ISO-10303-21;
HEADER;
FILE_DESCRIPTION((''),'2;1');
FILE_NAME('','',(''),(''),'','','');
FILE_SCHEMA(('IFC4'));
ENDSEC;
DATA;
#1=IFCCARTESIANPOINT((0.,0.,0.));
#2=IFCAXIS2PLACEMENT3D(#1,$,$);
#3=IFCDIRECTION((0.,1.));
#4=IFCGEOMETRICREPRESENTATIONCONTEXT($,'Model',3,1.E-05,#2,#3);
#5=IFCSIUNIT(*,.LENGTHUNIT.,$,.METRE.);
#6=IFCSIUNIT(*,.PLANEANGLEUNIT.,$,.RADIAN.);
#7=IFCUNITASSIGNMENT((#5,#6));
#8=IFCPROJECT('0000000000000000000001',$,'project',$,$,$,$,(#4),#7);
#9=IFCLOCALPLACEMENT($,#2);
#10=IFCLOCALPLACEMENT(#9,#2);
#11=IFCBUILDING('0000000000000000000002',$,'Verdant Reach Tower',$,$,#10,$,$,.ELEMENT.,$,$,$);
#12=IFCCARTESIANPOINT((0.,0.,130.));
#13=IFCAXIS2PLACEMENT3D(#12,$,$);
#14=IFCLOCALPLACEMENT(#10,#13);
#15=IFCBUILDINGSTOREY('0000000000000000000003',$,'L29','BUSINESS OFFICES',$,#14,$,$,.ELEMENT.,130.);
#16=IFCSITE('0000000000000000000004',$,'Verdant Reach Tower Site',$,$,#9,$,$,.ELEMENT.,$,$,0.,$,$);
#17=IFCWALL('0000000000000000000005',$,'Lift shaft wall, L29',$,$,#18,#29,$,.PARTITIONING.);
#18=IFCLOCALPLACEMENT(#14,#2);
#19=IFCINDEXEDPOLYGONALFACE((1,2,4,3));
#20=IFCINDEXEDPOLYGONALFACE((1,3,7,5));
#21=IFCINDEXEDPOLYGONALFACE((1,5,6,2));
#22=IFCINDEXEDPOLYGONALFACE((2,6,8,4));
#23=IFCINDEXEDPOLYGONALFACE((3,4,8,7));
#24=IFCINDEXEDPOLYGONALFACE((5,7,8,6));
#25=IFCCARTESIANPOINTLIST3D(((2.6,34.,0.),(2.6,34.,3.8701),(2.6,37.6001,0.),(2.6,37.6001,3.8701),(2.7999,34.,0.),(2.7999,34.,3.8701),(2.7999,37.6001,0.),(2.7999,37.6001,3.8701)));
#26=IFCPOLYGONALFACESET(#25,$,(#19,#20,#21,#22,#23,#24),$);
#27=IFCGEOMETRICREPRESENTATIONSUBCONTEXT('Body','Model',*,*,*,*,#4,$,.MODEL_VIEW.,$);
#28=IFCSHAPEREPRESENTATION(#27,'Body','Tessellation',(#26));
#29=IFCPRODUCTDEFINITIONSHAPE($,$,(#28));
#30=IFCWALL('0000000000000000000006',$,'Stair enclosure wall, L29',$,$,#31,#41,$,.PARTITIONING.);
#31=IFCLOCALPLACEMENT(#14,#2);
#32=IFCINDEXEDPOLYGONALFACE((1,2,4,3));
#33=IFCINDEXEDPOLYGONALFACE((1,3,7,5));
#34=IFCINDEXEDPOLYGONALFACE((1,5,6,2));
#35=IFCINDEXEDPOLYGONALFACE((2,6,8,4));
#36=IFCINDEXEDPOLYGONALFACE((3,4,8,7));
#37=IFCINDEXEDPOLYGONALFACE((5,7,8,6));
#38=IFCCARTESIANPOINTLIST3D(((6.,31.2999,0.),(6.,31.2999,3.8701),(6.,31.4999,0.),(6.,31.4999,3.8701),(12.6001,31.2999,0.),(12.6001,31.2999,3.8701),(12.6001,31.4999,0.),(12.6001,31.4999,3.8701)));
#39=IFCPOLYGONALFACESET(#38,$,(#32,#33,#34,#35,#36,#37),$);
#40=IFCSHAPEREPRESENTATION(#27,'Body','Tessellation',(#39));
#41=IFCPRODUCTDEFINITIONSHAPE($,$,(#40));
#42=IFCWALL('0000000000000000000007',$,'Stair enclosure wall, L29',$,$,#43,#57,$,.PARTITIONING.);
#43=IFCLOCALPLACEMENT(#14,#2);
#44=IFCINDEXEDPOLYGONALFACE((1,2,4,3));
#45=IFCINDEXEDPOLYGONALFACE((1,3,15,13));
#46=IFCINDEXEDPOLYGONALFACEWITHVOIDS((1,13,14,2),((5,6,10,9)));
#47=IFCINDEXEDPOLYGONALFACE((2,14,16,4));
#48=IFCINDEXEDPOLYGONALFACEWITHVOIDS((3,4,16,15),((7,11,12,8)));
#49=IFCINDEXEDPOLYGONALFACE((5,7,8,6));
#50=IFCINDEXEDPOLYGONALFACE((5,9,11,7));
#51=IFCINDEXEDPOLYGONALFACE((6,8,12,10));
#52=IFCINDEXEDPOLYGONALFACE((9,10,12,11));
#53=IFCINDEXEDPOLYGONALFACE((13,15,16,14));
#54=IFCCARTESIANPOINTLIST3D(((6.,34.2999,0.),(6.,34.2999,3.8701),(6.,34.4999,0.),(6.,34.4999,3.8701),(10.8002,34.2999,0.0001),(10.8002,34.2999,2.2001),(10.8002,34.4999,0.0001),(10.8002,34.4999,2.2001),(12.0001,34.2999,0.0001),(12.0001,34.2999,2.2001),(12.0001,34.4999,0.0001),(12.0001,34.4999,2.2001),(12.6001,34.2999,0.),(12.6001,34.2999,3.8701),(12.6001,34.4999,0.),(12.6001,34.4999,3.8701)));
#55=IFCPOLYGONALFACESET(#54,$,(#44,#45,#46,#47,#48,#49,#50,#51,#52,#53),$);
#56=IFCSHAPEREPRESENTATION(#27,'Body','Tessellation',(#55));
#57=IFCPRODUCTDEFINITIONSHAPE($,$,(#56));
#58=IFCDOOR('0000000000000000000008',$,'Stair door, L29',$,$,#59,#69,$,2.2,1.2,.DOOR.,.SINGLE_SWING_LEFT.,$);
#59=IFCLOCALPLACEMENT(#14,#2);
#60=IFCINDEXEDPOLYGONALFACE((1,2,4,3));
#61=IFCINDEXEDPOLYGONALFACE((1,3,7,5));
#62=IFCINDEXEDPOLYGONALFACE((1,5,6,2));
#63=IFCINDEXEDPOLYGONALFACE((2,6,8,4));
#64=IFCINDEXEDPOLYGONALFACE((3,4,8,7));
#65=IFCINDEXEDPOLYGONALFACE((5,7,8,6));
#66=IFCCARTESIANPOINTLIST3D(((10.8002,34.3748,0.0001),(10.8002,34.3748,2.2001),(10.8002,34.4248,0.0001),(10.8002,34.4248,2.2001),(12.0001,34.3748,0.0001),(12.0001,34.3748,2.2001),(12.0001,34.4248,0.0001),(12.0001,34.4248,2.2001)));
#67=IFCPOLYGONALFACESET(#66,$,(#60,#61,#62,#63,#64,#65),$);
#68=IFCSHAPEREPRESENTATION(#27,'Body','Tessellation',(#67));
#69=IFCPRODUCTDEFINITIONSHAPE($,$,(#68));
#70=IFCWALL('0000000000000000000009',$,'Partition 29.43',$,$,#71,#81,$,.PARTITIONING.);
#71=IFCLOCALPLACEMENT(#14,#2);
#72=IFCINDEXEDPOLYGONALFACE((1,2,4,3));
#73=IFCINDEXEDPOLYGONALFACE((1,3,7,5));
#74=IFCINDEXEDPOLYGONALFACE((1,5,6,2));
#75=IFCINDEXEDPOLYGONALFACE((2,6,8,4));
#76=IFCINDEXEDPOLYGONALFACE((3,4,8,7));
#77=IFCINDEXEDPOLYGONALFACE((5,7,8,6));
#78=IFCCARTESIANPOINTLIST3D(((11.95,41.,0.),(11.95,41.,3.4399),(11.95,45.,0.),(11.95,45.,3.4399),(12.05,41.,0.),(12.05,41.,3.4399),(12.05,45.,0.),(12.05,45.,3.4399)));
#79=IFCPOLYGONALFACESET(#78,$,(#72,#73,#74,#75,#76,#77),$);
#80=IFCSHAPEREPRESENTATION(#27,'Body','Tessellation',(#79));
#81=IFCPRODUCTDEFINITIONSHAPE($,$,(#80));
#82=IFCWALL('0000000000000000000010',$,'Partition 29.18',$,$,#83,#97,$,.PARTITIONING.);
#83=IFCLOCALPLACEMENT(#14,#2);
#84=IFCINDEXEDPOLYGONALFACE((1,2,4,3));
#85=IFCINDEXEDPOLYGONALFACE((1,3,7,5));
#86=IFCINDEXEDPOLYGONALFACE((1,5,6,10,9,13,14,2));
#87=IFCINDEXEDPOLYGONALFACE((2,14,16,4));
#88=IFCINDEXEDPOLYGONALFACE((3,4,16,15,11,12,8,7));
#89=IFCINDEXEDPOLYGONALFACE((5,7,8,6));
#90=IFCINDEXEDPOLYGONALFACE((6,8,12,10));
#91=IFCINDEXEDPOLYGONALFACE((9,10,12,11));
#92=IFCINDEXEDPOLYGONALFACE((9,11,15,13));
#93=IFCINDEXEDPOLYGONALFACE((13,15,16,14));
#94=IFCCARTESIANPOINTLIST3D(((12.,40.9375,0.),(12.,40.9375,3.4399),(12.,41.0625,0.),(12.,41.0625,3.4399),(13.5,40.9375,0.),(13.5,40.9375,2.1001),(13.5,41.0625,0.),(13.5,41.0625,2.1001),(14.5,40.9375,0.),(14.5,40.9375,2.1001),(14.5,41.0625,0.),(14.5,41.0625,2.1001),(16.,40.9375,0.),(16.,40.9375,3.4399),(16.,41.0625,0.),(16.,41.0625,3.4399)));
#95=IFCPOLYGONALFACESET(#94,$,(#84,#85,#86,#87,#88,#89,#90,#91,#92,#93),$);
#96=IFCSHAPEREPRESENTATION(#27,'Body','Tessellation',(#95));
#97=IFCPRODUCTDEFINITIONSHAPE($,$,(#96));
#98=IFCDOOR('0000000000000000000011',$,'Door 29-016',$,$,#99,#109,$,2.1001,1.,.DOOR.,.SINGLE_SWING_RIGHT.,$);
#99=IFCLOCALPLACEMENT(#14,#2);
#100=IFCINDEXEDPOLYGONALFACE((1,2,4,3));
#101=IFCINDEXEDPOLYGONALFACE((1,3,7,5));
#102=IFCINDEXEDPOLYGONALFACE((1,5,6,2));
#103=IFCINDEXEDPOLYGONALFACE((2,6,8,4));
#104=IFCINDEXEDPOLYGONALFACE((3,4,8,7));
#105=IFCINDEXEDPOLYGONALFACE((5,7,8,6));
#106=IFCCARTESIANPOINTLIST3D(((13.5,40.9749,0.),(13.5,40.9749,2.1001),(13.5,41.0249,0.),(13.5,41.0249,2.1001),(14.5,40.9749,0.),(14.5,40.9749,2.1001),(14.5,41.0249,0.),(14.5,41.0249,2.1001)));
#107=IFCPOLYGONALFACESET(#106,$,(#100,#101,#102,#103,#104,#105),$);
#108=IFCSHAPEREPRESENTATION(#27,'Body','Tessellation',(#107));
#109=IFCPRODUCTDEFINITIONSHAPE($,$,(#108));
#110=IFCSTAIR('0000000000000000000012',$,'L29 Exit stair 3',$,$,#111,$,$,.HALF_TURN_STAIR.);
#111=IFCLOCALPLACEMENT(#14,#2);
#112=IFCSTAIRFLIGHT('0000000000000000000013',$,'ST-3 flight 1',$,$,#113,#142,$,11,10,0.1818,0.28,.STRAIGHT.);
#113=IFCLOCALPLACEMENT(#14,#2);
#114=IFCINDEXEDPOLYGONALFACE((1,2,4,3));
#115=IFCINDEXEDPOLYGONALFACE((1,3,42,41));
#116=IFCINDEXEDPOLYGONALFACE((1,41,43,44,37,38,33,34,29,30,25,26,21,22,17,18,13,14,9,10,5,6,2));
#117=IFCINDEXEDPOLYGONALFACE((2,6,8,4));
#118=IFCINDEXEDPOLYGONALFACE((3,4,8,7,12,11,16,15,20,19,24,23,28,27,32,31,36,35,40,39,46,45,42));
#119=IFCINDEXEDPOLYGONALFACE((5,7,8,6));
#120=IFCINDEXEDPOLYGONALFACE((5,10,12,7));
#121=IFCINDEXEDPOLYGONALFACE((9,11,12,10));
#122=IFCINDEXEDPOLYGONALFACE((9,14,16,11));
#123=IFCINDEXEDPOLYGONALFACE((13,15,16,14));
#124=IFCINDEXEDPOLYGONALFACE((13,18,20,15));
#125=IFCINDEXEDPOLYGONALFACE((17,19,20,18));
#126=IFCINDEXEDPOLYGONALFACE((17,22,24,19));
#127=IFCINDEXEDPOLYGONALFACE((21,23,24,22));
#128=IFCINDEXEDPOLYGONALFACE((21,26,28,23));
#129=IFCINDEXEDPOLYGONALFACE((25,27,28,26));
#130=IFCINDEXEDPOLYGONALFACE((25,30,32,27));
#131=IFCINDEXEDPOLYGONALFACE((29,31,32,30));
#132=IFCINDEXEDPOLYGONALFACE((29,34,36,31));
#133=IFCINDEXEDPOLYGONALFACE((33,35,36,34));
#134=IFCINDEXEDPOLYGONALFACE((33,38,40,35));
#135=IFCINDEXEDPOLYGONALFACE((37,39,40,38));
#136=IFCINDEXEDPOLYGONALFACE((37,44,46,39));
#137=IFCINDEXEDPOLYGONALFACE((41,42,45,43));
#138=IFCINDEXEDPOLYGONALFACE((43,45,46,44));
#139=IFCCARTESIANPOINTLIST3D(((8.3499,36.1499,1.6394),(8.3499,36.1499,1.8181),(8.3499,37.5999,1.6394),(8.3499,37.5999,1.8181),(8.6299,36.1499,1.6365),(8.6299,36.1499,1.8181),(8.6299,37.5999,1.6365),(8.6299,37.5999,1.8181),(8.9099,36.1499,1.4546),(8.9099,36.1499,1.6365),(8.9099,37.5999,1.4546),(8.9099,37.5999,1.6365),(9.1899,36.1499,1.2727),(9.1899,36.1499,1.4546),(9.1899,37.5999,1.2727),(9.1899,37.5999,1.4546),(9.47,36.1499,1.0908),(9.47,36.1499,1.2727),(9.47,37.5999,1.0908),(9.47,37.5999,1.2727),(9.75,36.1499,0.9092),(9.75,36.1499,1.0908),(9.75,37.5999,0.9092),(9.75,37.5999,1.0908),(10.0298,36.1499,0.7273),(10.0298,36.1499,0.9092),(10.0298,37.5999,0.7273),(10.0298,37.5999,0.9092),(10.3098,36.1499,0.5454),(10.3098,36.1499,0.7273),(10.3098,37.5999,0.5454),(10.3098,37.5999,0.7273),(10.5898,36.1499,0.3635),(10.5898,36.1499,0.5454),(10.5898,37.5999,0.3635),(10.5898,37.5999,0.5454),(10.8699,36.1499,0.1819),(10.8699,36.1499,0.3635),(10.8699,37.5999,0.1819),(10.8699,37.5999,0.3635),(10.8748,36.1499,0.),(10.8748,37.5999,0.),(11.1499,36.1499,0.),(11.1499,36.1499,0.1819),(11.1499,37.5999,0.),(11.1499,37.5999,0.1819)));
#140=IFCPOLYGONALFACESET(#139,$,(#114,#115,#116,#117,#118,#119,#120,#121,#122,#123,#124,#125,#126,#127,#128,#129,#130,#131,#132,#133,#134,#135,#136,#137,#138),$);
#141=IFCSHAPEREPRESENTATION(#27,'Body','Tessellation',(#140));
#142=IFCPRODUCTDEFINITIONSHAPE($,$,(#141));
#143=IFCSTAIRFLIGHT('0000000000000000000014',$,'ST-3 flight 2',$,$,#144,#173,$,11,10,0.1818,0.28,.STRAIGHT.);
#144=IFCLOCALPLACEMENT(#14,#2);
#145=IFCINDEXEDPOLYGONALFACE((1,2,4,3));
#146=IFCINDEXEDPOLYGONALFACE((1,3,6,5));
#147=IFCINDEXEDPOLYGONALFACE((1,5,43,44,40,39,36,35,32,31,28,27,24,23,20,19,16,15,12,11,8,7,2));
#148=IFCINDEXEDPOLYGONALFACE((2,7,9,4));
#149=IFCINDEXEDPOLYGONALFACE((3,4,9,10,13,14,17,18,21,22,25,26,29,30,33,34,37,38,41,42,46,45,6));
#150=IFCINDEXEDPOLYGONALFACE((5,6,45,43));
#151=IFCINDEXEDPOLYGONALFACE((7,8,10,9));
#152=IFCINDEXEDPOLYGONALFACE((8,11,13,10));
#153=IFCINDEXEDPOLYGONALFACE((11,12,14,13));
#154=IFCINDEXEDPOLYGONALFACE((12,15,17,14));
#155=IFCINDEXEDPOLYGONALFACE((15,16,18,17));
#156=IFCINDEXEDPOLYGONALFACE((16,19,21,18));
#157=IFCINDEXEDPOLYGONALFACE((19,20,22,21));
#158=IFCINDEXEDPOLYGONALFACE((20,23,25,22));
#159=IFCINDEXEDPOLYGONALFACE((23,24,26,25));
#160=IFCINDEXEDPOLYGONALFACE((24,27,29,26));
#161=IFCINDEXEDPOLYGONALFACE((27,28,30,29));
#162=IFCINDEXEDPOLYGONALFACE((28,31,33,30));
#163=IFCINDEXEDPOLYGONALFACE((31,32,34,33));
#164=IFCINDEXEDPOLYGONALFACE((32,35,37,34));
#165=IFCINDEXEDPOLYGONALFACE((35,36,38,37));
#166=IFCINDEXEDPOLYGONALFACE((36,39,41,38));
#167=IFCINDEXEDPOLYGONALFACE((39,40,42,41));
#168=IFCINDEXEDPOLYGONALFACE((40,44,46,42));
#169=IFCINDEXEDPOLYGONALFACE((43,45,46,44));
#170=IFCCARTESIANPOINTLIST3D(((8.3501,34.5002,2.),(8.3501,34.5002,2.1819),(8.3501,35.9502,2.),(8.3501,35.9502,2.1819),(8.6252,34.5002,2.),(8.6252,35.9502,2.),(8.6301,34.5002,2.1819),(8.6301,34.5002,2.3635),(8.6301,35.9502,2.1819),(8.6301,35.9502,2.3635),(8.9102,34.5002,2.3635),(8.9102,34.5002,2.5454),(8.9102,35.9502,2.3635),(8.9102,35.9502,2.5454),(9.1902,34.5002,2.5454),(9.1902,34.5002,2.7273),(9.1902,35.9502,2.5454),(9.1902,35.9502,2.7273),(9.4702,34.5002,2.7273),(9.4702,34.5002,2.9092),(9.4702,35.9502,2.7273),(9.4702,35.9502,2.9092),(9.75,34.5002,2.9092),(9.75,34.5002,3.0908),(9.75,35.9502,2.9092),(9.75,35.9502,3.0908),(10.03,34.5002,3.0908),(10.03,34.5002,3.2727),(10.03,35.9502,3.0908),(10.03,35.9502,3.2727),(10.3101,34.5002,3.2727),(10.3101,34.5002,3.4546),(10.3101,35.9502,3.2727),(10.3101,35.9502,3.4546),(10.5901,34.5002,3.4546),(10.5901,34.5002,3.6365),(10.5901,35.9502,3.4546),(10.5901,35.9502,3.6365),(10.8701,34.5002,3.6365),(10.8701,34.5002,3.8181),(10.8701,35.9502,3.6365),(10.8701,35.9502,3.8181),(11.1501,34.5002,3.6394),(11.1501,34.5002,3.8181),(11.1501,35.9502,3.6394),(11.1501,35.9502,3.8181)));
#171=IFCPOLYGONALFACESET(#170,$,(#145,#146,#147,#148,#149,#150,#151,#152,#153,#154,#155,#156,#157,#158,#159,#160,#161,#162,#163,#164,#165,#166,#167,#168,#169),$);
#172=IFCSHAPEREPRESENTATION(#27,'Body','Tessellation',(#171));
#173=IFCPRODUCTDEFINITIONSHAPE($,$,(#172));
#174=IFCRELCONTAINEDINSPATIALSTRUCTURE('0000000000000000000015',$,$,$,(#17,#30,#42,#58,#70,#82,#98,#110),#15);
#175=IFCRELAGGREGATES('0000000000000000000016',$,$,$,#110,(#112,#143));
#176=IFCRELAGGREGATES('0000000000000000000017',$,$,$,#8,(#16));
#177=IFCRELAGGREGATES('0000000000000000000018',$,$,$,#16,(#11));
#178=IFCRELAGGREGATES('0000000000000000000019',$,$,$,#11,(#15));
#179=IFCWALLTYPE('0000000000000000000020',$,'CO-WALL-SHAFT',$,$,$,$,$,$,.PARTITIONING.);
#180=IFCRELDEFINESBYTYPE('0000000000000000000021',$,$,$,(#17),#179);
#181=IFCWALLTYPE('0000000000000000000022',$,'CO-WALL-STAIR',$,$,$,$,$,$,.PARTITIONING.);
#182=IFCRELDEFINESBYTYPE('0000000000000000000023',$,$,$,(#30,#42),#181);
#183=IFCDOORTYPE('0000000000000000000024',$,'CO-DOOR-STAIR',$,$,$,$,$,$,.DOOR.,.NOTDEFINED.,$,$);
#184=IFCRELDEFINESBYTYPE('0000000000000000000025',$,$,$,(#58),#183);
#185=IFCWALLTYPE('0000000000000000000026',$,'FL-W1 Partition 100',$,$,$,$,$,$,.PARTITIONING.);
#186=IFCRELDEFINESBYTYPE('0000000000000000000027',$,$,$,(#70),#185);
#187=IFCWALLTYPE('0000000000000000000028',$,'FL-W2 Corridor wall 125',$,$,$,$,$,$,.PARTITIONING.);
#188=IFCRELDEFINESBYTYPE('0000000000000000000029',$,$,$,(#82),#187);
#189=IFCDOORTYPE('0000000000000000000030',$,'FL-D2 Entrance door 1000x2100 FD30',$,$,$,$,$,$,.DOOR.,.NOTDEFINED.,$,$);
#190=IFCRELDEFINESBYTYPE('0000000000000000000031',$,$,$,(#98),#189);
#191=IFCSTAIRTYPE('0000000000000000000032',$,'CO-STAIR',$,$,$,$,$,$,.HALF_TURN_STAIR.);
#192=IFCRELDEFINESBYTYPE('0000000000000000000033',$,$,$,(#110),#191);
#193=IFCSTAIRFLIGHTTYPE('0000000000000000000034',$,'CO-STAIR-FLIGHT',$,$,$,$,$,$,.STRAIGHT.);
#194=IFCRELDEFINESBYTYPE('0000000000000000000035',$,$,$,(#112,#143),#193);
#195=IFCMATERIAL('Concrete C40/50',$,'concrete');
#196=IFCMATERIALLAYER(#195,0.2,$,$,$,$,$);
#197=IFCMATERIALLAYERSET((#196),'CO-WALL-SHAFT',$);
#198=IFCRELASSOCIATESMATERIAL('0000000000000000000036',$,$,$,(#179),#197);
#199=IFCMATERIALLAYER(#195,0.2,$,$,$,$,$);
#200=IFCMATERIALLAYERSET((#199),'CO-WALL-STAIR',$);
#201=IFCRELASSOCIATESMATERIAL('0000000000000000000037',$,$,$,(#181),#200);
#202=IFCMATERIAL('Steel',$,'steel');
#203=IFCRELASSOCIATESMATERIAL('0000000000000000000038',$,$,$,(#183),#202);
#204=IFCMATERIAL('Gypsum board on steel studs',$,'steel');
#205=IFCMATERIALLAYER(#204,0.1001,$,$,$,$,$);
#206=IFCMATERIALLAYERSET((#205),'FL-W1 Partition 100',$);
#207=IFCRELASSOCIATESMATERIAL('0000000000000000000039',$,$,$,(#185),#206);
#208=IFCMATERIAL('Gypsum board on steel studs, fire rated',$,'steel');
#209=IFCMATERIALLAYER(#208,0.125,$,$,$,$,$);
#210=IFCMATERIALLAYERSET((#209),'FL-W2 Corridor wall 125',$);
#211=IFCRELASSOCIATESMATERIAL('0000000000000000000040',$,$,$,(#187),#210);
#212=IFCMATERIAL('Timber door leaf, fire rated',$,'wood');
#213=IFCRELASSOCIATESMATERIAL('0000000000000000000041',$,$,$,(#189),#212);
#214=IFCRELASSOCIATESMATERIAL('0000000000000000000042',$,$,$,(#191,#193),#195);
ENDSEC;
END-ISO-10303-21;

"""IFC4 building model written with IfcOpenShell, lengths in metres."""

from ifc_helpers import new_model, si_unit, direction, frame, frame_2d, origin, place, context, subcontext, project, spatial, polyline, rectangle, outline, extrude, material, layer, layer_set, type_object, element, fill, aggregate, save


model = new_model("IFC4")

# Units and contexts
model_context = context("Model", 3, precision=1e-05, world=origin(), true_north=direction((0.0, 1.0)))
body_context = subcontext(model_context, "Body", "Model", "MODEL_VIEW")
ifc_project = project(units=[si_unit("LENGTHUNIT", "METRE"), si_unit("PLANEANGLEUNIT", "RADIAN")], contexts=[model_context])

# Site, building, storey
site_placement = place(None, origin())
site = spatial("IfcSite", under=ifc_project, at=site_placement, Name="Verdant Reach Tower Site", CompositionType="ELEMENT", RefElevation=0.0)
building_placement = place(site_placement, origin())
building = spatial("IfcBuilding", under=site, at=building_placement, Name="Verdant Reach Tower", CompositionType="ELEMENT")
storey_placement = place(building_placement, frame((0.0, 0.0, 130.0)))
storey = spatial("IfcBuildingStorey", under=building, at=storey_placement, Name="L29", Description="BUSINESS OFFICES", CompositionType="ELEMENT", Elevation=130.0)

# Walls
ifc_material_1 = material(Name="Concrete C40/50", Category="concrete")
ifc_layer_1 = layer(ifc_material_1, 0.2)
ifc_layer_set_1 = layer_set([ifc_layer_1], Name="CO-WALL-SHAFT")
wall_type_1 = type_object("IfcWallType", Name="CO-WALL-SHAFT", PredefinedType="PARTITIONING", material=ifc_layer_set_1)
for number, where, z_axis, x_axis, name in (
    (1, (2.7, 34.0, 0.0), (0.0, 0.0, 1.0), (0.0, 1.0, 0.0), "Lift shaft wall, L29"),
):
    element("IfcWall", number, at=place(storey_placement, frame(where, z_axis=z_axis, x_axis=x_axis)), inside=storey, type_object=wall_type_1, Name=name, PredefinedType="PARTITIONING", context=body_context, shape_type="SweptSolid", body=[
        extrude(rectangle(XDim=3.6001, YDim=0.2, at=frame_2d((1.8, 0.0))), origin(), (0.0, 0.0, 1.0), 3.8701),
    ])
ifc_layer_2 = layer(ifc_material_1, 0.2)
ifc_layer_set_2 = layer_set([ifc_layer_2], Name="CO-WALL-STAIR")
wall_type_2 = type_object("IfcWallType", Name="CO-WALL-STAIR", PredefinedType="PARTITIONING", material=ifc_layer_set_2)
wall_1_placement = place(storey_placement, frame((6.0, 31.3999, 0.0), z_axis=(0.0, 0.0, 1.0), x_axis=(1.0, 0.0, 0.0)))
element("IfcWall", 2, at=wall_1_placement, inside=storey, type_object=wall_type_2, Name="Stair enclosure wall, L29", PredefinedType="PARTITIONING", context=body_context, shape_type="SweptSolid", body=[
    extrude(rectangle(XDim=6.6001, YDim=0.2, at=frame_2d((3.3, 0.0))), origin(), (0.0, 0.0, 1.0), 3.8701),
])

# Wall, opening, door
wall_2_placement = place(storey_placement, frame((6.0, 34.3999, 0.0), z_axis=(0.0, 0.0, 1.0), x_axis=(1.0, 0.0, 0.0)))
wall_2 = element("IfcWall", 3, at=wall_2_placement, inside=storey, type_object=wall_type_2, Name="Stair enclosure wall, L29", PredefinedType="PARTITIONING", context=body_context, shape_type="SweptSolid", body=[
    extrude(rectangle(XDim=6.6001, YDim=0.2, at=frame_2d((3.3, 0.0))), origin(), (0.0, 0.0, 1.0), 3.8701),
])
opening_1_placement = place(wall_2_placement, frame((4.8, 0.0, 0.0)))
opening_1 = element("IfcOpeningElement", 4, at=opening_1_placement, cuts=wall_2, PredefinedType="OPENING", context=body_context, shape_type="SweptSolid", body=[
    extrude(rectangle(XDim=1.2, YDim=2.2, at=frame_2d((0.6001, 1.1001))), frame((0.0, 0.1099, 0.0), z_axis=(0.0, -1.0, 0.0), x_axis=(1.0, 0.0, 0.0)), (0.0, 0.0, 1.0), 0.22),
])
ifc_material_2 = material(Name="Steel", Category="steel")
door_type_1 = type_object("IfcDoorType", Name="CO-DOOR-STAIR", OperationType="NOTDEFINED", PredefinedType="DOOR", material=ifc_material_2)
door_1_placement = place(opening_1_placement, origin())
door_1 = element("IfcDoor", 5, at=door_1_placement, inside=storey, type_object=door_type_1, Name="Stair door, L29", OperationType="SINGLE_SWING_LEFT", OverallHeight=2.2, OverallWidth=1.2, PredefinedType="DOOR", context=body_context, shape_type="SweptSolid", body=[
    extrude(rectangle(XDim=1.2, YDim=2.2, at=frame_2d((0.6001, 1.1001))), frame((0.0, 0.0249, 0.0), z_axis=(0.0, -1.0, 0.0), x_axis=(1.0, 0.0, 0.0)), (0.0, 0.0, 1.0), 0.05),
])
fill(opening_1, door_1)

# Wall
ifc_material_3 = material(Name="Gypsum board on steel studs", Category="steel")
ifc_layer_3 = layer(ifc_material_3, 0.1001)
ifc_layer_set_3 = layer_set([ifc_layer_3], Name="FL-W1 Partition 100")
wall_type_3 = type_object("IfcWallType", Name="FL-W1 Partition 100", PredefinedType="PARTITIONING", material=ifc_layer_set_3)
wall_3_placement = place(storey_placement, frame((12.0, 41.0, 0.0), z_axis=(0.0, 0.0, 1.0), x_axis=(0.0, 1.0, 0.0)))
element("IfcWall", 6, at=wall_3_placement, inside=storey, type_object=wall_type_3, Name="Partition 29.43", PredefinedType="PARTITIONING", context=body_context, shape_type="SweptSolid", body=[
    extrude(rectangle(XDim=4.0, YDim=0.1001, at=frame_2d((2.0, 0.0))), origin(), (0.0, 0.0, 1.0), 3.4399),
])

# Wall, opening, door
ifc_material_4 = material(Name="Gypsum board on steel studs, fire rated", Category="steel")
ifc_layer_4 = layer(ifc_material_4, 0.125)
ifc_layer_set_4 = layer_set([ifc_layer_4], Name="FL-W2 Corridor wall 125")
wall_type_4 = type_object("IfcWallType", Name="FL-W2 Corridor wall 125", PredefinedType="PARTITIONING", material=ifc_layer_set_4)
wall_4_placement = place(storey_placement, frame((12.0, 41.0, 0.0), z_axis=(0.0, 0.0, 1.0), x_axis=(1.0, 0.0, 0.0)))
wall_4 = element("IfcWall", 7, at=wall_4_placement, inside=storey, type_object=wall_type_4, Name="Partition 29.18", PredefinedType="PARTITIONING", context=body_context, shape_type="SweptSolid", body=[
    extrude(rectangle(XDim=4.0, YDim=0.125, at=frame_2d((2.0, 0.0))), origin(), (0.0, 0.0, 1.0), 3.4399),
])
opening_2_placement = place(wall_4_placement, frame((1.5, 0.0, 0.0)))
opening_2 = element("IfcOpeningElement", 8, at=opening_2_placement, cuts=wall_4, PredefinedType="OPENING", context=body_context, shape_type="SweptSolid", body=[
    extrude(rectangle(XDim=1.0, YDim=2.1001, at=frame_2d((0.5, 1.05))), frame((0.0, 0.0725, 0.0), z_axis=(0.0, -1.0, 0.0), x_axis=(1.0, 0.0, 0.0)), (0.0, 0.0, 1.0), 0.145),
])
ifc_material_5 = material(Name="Timber door leaf, fire rated", Category="wood")
door_type_2 = type_object("IfcDoorType", Name="FL-D2 Entrance door 1000x2100 FD30", OperationType="NOTDEFINED", PredefinedType="DOOR", material=ifc_material_5)
door_2_placement = place(opening_2_placement, origin())
door_2 = element("IfcDoor", 9, at=door_2_placement, inside=storey, type_object=door_type_2, Name="Door 29-016", OperationType="SINGLE_SWING_RIGHT", OverallHeight=2.1001, OverallWidth=1.0, PredefinedType="DOOR", context=body_context, shape_type="SweptSolid", body=[
    extrude(rectangle(XDim=1.0, YDim=2.1001, at=frame_2d((0.5, 1.05))), frame((0.0, 0.0249, 0.0), z_axis=(0.0, -1.0, 0.0), x_axis=(1.0, 0.0, 0.0)), (0.0, 0.0, 1.0), 0.05),
])
fill(opening_2, door_2)

# Stair, stair flights
stair_type = type_object("IfcStairType", Name="CO-STAIR", PredefinedType="HALF_TURN_STAIR", material=ifc_material_1)
stair_placement = place(storey_placement, origin())
stair = element("IfcStair", 10, at=stair_placement, inside=storey, type_object=stair_type, Name="L29 Exit stair 3", PredefinedType="HALF_TURN_STAIR")
stair_flight_type = type_object("IfcStairFlightType", Name="CO-STAIR-FLIGHT", PredefinedType="STRAIGHT", material=ifc_material_1)
stair_flight_1_placement = place(storey_placement, frame((11.1499, 36.875, 0.0), z_axis=(0.0, 0.0, 1.0), x_axis=(-1.0, 0.0, 0.0)))
stair_flight_1 = element("IfcStairFlight", 11, at=stair_flight_1_placement, type_object=stair_flight_type, Name="ST-3 flight 1", NumberOfRisers=11, NumberOfTreads=10, PredefinedType="STRAIGHT", RiserHeight=0.1818, TreadLength=0.28, context=body_context, shape_type="SweptSolid", body=[
    extrude(outline(polyline([(0.0, 0.0), (0.0, 0.1819), (0.28, 0.1819), (0.28, 0.3635), (0.5601, 0.3635), (0.5601, 0.5454), (0.8401, 0.5454), (0.8401, 0.7273), (1.1201, 0.7273), (1.1201, 0.9092), (1.3999, 0.9092), (1.3999, 1.0908), (1.6799, 1.0908), (1.6799, 1.2727), (1.96, 1.2727), (1.96, 1.4546), (2.24, 1.4546), (2.24, 1.6365), (2.52, 1.6365), (2.52, 1.8181), (2.8, 1.8181), (2.8, 2.0), (2.8, 1.6394), (0.2751, 0.0), (0.0, 0.0)])), frame((0.0, 0.7251, 0.0), z_axis=(0.0, -1.0, 0.0), x_axis=(1.0, 0.0, 0.0)), (0.0, 0.0, 1.0), 1.45),
])
stair_flight_2_placement = place(storey_placement, frame((8.3501, 35.2251, 2.0), z_axis=(0.0, 0.0, 1.0), x_axis=(1.0, 0.0, 0.0)))
stair_flight_2 = element("IfcStairFlight", 12, at=stair_flight_2_placement, type_object=stair_flight_type, Name="ST-3 flight 2", NumberOfRisers=11, NumberOfTreads=10, PredefinedType="STRAIGHT", RiserHeight=0.1818, TreadLength=0.28, context=body_context, shape_type="SweptSolid", body=[
    extrude(outline(polyline([(0.0, 0.0), (0.0, 0.1819), (0.28, 0.1819), (0.28, 0.3635), (0.5601, 0.3635), (0.5601, 0.5454), (0.8401, 0.5454), (0.8401, 0.7273), (1.1201, 0.7273), (1.1201, 0.9092), (1.3999, 0.9092), (1.3999, 1.0908), (1.6799, 1.0908), (1.6799, 1.2727), (1.96, 1.2727), (1.96, 1.4546), (2.24, 1.4546), (2.24, 1.6365), (2.52, 1.6365), (2.52, 1.8181), (2.8, 1.8181), (2.8, 2.0), (2.8, 1.6394), (0.2751, 0.0), (0.0, 0.0)])), frame((0.0, 0.7251, 0.0), z_axis=(0.0, -1.0, 0.0), x_axis=(1.0, 0.0, 0.0)), (0.0, 0.0, 1.0), 1.45),
])
aggregate(stair, [stair_flight_1, stair_flight_2])

save(model, "model.ifc")
